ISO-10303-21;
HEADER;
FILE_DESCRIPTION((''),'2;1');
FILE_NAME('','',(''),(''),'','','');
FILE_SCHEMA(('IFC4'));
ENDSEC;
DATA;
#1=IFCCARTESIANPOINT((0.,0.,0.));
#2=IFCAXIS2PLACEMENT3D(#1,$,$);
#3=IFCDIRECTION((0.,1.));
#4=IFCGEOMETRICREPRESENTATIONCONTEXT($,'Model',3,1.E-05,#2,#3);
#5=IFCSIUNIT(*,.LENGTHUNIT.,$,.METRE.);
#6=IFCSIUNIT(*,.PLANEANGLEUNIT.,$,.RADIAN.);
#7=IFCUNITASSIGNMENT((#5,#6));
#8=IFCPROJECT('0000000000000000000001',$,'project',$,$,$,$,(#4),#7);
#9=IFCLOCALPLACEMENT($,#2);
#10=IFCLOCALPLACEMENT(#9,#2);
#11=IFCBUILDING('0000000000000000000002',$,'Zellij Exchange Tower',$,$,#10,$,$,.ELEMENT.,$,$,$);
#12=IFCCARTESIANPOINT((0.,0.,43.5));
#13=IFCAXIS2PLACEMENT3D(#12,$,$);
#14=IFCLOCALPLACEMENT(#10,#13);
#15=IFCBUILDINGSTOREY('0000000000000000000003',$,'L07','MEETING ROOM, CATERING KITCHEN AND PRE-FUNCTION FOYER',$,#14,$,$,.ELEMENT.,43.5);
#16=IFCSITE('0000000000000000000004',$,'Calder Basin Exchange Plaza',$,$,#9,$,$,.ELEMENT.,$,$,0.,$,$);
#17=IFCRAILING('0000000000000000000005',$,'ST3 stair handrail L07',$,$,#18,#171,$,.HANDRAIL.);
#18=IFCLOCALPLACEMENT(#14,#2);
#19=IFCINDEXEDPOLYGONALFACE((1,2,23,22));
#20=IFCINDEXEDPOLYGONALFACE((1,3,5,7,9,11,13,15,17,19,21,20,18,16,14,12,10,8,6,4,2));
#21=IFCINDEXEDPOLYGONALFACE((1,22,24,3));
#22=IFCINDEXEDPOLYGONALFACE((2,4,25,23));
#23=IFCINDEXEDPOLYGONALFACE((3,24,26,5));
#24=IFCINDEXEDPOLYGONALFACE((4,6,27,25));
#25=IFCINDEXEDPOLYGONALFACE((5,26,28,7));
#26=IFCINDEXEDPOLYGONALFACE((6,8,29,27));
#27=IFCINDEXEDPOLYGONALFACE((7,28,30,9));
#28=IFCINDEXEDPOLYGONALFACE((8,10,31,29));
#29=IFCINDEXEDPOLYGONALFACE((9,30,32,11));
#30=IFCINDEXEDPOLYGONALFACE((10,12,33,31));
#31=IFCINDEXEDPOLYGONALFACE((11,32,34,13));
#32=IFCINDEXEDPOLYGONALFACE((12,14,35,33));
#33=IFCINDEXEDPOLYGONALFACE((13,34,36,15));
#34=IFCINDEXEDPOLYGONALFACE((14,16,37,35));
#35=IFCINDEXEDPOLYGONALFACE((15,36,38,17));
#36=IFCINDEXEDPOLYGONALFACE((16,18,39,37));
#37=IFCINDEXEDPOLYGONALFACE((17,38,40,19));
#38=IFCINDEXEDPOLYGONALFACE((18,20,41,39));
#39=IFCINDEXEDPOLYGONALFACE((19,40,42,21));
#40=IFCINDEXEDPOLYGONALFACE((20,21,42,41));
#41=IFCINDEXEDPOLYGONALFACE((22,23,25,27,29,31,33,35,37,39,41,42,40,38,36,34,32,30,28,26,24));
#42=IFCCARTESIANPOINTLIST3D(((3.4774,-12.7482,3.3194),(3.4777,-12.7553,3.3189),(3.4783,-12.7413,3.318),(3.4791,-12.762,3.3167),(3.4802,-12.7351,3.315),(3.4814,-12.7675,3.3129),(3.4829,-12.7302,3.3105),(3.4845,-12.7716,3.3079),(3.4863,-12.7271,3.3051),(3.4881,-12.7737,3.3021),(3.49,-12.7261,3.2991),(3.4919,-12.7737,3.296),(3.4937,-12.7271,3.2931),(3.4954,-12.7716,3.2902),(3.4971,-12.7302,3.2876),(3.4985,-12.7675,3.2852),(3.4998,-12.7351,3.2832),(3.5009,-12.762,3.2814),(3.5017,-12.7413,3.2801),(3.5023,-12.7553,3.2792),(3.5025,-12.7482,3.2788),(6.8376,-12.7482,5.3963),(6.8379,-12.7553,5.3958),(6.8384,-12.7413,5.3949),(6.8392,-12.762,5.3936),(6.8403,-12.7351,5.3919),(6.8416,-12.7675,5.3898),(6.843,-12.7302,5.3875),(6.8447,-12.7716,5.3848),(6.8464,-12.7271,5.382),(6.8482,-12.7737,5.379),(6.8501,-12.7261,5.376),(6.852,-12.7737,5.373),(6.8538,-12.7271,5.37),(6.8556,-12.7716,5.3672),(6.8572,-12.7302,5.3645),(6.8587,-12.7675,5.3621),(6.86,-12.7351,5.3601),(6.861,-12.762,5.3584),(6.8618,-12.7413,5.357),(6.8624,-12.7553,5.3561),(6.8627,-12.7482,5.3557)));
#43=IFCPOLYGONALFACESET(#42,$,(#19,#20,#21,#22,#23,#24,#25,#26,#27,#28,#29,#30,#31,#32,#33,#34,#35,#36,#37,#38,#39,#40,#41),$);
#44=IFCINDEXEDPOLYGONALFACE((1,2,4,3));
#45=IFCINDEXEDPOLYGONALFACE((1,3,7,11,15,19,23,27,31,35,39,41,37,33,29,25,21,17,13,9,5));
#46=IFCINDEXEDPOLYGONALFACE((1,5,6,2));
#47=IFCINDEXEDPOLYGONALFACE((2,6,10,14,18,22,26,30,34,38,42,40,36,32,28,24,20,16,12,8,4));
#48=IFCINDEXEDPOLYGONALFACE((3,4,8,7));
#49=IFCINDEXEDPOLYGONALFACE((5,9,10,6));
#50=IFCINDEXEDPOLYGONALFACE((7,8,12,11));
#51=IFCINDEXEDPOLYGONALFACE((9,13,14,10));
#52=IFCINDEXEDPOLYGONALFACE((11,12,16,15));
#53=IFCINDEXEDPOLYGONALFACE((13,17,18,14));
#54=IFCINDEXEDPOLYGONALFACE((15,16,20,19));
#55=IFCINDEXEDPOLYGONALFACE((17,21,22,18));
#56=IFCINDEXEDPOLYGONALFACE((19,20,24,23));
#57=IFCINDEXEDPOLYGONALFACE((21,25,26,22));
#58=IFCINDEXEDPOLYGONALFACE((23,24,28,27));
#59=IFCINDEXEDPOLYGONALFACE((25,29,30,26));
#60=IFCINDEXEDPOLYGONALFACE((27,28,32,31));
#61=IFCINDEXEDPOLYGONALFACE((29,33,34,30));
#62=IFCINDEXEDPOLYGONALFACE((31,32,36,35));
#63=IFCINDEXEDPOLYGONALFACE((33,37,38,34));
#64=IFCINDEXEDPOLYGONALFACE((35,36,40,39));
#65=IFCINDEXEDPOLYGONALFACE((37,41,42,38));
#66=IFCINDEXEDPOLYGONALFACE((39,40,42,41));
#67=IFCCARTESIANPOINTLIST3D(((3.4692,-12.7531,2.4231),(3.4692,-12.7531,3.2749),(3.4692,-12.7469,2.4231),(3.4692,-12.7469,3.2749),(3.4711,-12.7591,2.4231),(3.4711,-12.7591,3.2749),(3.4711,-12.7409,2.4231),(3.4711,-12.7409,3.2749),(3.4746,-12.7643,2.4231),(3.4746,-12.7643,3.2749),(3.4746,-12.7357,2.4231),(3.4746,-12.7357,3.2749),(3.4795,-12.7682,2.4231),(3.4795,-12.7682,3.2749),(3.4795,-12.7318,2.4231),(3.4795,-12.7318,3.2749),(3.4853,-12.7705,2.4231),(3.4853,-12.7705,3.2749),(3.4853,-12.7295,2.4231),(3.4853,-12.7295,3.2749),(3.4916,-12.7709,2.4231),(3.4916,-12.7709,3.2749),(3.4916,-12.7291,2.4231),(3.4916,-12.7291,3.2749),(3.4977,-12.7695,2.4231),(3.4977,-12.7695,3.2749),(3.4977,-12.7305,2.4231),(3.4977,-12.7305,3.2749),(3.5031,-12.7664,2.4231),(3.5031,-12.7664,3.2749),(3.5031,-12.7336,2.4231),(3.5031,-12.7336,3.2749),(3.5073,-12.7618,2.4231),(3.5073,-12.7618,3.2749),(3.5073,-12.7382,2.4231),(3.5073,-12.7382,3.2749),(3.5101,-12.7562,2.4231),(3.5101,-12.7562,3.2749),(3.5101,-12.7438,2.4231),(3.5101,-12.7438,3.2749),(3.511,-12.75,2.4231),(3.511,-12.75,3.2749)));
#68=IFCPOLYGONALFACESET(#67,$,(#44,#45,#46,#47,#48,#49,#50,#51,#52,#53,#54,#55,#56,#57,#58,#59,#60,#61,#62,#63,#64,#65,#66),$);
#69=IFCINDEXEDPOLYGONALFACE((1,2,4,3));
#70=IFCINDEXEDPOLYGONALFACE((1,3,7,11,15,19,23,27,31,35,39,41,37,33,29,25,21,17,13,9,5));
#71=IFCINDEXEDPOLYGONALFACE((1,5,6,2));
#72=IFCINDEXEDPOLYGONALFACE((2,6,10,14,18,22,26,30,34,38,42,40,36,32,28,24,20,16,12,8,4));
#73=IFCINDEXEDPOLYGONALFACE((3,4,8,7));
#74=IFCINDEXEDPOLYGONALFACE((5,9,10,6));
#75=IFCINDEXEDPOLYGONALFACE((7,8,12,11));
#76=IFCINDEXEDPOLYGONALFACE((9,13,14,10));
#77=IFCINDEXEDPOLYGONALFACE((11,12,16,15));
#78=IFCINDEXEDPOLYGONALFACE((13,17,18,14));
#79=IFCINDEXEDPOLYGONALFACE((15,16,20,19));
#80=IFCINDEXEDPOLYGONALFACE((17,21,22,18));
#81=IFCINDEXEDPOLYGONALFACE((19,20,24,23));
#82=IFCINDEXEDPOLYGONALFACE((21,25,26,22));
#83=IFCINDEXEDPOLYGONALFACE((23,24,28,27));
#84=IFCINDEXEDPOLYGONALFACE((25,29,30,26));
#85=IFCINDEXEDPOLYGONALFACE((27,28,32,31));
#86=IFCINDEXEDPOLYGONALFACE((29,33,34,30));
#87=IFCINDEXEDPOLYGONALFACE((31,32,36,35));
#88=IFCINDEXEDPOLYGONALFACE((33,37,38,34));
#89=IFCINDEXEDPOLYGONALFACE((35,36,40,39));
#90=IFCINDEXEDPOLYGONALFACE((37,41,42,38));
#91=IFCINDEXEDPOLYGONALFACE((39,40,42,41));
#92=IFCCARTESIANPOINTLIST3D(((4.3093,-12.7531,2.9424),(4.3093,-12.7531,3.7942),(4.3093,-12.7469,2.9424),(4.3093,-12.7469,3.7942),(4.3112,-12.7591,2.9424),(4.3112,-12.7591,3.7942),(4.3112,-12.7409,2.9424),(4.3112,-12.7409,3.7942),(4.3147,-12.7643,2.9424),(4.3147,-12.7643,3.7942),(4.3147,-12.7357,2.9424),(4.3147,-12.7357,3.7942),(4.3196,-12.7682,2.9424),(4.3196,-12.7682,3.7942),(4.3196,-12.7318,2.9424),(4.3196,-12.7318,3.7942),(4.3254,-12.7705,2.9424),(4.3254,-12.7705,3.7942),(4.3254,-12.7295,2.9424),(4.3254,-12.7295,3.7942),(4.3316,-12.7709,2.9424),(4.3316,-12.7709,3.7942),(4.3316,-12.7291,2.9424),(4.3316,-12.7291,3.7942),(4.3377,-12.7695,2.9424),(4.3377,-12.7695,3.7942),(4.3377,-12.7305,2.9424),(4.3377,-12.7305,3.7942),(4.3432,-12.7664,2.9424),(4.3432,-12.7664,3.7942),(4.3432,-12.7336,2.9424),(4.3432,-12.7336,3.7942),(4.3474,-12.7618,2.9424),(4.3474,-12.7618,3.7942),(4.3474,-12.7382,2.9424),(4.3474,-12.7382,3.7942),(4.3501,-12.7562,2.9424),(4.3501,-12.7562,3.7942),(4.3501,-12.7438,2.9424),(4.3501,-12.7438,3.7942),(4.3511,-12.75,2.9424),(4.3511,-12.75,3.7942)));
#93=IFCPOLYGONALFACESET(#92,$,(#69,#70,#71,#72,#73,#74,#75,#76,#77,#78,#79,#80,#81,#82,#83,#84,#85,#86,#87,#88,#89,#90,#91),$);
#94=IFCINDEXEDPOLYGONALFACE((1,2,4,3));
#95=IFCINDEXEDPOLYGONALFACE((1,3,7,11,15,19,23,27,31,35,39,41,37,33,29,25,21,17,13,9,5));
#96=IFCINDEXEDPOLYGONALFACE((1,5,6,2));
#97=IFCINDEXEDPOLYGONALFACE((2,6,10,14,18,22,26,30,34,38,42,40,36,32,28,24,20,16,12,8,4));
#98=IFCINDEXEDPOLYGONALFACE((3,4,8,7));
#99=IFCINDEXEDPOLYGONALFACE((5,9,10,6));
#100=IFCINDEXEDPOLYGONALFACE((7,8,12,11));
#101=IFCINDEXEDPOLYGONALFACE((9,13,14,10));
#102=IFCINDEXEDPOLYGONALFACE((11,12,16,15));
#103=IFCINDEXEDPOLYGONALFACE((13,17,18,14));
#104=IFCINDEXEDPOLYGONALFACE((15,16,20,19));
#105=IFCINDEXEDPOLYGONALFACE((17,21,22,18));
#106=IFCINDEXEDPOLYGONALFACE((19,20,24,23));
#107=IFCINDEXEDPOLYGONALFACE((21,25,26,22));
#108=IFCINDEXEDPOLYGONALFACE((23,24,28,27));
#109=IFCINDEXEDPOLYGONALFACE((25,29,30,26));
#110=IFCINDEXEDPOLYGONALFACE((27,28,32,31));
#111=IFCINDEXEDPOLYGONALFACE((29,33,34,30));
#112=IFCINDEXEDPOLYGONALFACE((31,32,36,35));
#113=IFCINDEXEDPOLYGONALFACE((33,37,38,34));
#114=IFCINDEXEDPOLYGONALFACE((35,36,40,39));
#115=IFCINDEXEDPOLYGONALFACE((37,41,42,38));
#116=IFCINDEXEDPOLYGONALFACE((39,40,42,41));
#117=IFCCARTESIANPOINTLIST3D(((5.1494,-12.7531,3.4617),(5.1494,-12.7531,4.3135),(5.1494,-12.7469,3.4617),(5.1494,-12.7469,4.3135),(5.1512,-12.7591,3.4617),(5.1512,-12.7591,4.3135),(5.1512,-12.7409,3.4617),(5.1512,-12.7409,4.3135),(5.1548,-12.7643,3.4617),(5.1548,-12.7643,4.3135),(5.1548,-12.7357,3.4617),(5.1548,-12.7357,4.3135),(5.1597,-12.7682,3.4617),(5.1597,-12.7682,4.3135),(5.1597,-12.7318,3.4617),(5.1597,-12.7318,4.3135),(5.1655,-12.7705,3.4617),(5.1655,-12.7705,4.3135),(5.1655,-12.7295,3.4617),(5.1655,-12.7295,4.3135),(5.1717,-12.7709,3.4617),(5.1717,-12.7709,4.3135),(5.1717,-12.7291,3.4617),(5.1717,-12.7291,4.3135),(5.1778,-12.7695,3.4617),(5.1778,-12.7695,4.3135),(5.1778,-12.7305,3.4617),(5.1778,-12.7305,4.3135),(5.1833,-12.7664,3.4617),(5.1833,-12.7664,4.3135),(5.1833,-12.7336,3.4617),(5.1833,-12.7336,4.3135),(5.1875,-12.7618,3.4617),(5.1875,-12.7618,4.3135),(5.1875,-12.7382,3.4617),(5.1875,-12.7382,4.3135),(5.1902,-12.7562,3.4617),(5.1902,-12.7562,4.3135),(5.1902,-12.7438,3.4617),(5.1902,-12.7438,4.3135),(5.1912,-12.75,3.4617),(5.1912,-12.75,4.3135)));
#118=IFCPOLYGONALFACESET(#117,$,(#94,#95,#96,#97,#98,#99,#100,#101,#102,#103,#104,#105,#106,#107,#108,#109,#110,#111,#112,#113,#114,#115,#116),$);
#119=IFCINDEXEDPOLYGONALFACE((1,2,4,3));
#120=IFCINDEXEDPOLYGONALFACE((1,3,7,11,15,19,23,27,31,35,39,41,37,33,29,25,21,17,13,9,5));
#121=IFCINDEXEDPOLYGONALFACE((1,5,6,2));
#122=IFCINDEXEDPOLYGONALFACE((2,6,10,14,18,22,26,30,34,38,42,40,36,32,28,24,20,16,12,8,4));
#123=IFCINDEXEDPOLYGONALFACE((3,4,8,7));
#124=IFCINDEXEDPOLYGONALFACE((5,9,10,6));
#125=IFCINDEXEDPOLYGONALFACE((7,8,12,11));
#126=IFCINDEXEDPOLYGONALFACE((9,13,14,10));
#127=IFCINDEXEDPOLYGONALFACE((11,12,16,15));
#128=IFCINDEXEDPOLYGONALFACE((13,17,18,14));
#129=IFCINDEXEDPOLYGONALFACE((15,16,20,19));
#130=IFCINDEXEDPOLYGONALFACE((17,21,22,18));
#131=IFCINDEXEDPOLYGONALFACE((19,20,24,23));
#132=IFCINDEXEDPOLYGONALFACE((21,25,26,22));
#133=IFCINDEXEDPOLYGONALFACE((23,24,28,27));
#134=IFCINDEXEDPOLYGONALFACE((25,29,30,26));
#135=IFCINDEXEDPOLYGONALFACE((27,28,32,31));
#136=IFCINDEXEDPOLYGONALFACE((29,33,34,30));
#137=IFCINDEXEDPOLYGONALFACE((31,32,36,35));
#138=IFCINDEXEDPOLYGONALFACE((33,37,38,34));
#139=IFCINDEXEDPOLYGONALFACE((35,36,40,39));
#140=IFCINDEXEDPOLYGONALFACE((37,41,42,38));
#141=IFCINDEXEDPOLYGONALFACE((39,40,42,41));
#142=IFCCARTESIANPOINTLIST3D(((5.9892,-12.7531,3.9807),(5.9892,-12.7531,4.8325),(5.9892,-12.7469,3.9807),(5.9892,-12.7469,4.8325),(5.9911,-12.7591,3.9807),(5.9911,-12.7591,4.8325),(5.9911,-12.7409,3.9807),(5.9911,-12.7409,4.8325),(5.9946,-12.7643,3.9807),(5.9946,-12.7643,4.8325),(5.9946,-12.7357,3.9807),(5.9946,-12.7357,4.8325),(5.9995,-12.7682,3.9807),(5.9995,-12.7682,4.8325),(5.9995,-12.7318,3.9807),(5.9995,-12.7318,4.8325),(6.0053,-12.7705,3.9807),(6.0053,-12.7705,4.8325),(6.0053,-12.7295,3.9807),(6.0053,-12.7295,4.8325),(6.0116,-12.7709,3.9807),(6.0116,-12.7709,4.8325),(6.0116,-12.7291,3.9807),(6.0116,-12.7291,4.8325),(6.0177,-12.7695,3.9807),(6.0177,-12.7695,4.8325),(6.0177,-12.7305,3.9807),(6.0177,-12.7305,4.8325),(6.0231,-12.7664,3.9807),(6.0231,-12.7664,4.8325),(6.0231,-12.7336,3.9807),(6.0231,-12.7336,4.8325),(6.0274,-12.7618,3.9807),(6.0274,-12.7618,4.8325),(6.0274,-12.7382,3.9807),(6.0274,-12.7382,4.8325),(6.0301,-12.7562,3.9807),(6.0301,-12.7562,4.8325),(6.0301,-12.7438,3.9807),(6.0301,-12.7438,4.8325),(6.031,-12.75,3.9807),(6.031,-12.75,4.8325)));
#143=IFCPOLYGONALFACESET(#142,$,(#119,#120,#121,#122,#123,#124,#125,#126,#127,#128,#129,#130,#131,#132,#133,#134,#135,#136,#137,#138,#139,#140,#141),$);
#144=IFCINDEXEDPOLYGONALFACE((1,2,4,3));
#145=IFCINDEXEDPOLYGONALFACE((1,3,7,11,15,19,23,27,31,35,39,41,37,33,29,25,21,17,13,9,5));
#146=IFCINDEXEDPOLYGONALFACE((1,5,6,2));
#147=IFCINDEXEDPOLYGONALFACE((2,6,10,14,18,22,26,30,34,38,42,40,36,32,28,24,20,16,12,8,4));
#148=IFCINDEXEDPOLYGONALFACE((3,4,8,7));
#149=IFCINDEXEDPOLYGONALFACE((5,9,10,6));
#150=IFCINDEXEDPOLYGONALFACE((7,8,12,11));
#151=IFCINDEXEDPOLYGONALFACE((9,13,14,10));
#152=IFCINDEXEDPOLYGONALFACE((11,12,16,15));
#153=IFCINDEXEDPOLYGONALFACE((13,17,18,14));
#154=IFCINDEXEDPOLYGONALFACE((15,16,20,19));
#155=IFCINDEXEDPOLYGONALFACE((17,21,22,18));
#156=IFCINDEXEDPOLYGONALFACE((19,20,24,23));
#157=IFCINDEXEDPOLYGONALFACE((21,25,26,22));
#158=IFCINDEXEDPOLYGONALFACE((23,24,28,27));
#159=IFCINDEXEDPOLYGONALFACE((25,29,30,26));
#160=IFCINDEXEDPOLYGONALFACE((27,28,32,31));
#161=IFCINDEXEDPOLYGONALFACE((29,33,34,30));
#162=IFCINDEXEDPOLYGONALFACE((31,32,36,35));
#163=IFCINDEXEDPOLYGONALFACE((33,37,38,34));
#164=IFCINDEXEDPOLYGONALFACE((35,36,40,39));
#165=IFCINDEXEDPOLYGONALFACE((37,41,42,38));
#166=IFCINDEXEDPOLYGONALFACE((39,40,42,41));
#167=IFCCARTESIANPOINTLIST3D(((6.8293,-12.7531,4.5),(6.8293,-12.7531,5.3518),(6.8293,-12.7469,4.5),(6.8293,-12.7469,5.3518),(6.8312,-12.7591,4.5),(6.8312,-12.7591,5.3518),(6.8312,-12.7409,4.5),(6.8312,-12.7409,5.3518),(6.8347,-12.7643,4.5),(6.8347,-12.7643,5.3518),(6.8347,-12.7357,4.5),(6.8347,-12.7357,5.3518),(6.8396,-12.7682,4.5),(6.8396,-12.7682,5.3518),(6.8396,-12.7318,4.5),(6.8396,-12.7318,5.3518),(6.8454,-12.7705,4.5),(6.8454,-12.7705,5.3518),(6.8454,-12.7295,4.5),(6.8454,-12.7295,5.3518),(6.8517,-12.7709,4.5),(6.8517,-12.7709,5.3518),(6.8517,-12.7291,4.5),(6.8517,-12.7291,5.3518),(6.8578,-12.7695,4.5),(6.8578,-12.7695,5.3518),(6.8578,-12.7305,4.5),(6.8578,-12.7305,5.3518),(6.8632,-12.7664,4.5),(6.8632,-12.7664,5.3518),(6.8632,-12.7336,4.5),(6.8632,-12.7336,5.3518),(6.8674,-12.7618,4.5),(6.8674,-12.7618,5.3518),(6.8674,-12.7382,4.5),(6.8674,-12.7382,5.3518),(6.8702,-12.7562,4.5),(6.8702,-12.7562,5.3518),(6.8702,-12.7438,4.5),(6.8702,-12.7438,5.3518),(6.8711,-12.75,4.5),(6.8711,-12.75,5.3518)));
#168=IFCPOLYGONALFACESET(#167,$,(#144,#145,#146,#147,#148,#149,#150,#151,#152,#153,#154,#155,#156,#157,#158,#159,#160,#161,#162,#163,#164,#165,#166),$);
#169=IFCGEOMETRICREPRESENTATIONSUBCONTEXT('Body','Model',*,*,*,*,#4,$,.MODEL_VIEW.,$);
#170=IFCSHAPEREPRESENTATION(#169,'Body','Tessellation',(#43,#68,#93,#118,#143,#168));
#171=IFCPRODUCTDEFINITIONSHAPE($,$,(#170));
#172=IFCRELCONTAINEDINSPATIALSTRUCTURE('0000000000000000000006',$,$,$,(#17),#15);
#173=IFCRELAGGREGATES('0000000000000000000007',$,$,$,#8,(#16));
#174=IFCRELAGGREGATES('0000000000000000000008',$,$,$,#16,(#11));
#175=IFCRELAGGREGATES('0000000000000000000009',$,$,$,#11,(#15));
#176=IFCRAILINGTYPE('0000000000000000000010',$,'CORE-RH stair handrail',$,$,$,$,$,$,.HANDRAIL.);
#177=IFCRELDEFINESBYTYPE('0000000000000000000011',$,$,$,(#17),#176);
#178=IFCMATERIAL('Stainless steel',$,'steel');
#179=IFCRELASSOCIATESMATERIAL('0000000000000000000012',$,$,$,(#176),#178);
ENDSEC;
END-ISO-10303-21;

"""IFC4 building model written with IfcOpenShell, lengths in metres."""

from ifc_helpers import new_model, si_unit, direction, frame, origin, origin_2d, place, context, subcontext, project, spatial, circle, extrude, material, type_object, element, save


model = new_model("IFC4")

# Units and contexts
model_context = context("Model", 3, precision=1e-05, world=origin(), true_north=direction((0.0, 1.0)))
body_context = subcontext(model_context, "Body", "Model", "MODEL_VIEW")
ifc_project = project(units=[si_unit("LENGTHUNIT", "METRE"), si_unit("PLANEANGLEUNIT", "RADIAN")], contexts=[model_context])

# Site, building, storey
site_placement = place(None, origin())
site = spatial("IfcSite", under=ifc_project, at=site_placement, Name="Calder Basin Exchange Plaza", CompositionType="ELEMENT", RefElevation=0.0)
building_placement = place(site_placement, origin())
building = spatial("IfcBuilding", under=site, at=building_placement, Name="Zellij Exchange Tower", CompositionType="ELEMENT")
storey_placement = place(building_placement, frame((0.0, 0.0, 43.5)))
storey = spatial("IfcBuildingStorey", under=building, at=storey_placement, Name="L07", Description="MEETING ROOM, CATERING KITCHEN AND PRE-FUNCTION FOYER", CompositionType="ELEMENT", Elevation=43.5)

# Railing
ifc_material_1 = material(Name="Stainless steel", Category="steel")
railing_type_1 = type_object("IfcRailingType", Name="CORE-RH stair handrail", PredefinedType="HANDRAIL", material=ifc_material_1)
railing_1_placement = place(storey_placement, frame((3.49, -12.75, 2.4231)))
element("IfcRailing", 1, at=railing_1_placement, inside=storey, type_object=railing_type_1, Name="ST3 stair handrail L07", PredefinedType="HANDRAIL", context=body_context, shape_type="SweptSolid", body=[
    extrude(circle(Radius=0.0239, at=origin_2d()), frame((0.0, 0.0, 0.876), z_axis=(0.850623, 0.0, 0.525776), x_axis=(0.0, 1.0, 0.0)), (0.0, 0.0, 1.0), 3.9502),
    extrude(circle(Radius=0.021, at=origin_2d()), origin(), (0.0, 0.0, 1.0), 0.8518),
    extrude(circle(Radius=0.021, at=origin_2d()), frame((0.8401, 0.0, 0.5193)), (0.0, 0.0, 1.0), 0.8518),
    extrude(circle(Radius=0.021, at=origin_2d()), frame((1.6802, 0.0, 1.0386)), (0.0, 0.0, 1.0), 0.8518),
    extrude(circle(Radius=0.021, at=origin_2d()), frame((2.52, 0.0, 1.5576)), (0.0, 0.0, 1.0), 0.8518),
    extrude(circle(Radius=0.021, at=origin_2d()), frame((3.3601, 0.0, 2.0769)), (0.0, 0.0, 1.0), 0.8518),
])

save(model, "model.ifc")
